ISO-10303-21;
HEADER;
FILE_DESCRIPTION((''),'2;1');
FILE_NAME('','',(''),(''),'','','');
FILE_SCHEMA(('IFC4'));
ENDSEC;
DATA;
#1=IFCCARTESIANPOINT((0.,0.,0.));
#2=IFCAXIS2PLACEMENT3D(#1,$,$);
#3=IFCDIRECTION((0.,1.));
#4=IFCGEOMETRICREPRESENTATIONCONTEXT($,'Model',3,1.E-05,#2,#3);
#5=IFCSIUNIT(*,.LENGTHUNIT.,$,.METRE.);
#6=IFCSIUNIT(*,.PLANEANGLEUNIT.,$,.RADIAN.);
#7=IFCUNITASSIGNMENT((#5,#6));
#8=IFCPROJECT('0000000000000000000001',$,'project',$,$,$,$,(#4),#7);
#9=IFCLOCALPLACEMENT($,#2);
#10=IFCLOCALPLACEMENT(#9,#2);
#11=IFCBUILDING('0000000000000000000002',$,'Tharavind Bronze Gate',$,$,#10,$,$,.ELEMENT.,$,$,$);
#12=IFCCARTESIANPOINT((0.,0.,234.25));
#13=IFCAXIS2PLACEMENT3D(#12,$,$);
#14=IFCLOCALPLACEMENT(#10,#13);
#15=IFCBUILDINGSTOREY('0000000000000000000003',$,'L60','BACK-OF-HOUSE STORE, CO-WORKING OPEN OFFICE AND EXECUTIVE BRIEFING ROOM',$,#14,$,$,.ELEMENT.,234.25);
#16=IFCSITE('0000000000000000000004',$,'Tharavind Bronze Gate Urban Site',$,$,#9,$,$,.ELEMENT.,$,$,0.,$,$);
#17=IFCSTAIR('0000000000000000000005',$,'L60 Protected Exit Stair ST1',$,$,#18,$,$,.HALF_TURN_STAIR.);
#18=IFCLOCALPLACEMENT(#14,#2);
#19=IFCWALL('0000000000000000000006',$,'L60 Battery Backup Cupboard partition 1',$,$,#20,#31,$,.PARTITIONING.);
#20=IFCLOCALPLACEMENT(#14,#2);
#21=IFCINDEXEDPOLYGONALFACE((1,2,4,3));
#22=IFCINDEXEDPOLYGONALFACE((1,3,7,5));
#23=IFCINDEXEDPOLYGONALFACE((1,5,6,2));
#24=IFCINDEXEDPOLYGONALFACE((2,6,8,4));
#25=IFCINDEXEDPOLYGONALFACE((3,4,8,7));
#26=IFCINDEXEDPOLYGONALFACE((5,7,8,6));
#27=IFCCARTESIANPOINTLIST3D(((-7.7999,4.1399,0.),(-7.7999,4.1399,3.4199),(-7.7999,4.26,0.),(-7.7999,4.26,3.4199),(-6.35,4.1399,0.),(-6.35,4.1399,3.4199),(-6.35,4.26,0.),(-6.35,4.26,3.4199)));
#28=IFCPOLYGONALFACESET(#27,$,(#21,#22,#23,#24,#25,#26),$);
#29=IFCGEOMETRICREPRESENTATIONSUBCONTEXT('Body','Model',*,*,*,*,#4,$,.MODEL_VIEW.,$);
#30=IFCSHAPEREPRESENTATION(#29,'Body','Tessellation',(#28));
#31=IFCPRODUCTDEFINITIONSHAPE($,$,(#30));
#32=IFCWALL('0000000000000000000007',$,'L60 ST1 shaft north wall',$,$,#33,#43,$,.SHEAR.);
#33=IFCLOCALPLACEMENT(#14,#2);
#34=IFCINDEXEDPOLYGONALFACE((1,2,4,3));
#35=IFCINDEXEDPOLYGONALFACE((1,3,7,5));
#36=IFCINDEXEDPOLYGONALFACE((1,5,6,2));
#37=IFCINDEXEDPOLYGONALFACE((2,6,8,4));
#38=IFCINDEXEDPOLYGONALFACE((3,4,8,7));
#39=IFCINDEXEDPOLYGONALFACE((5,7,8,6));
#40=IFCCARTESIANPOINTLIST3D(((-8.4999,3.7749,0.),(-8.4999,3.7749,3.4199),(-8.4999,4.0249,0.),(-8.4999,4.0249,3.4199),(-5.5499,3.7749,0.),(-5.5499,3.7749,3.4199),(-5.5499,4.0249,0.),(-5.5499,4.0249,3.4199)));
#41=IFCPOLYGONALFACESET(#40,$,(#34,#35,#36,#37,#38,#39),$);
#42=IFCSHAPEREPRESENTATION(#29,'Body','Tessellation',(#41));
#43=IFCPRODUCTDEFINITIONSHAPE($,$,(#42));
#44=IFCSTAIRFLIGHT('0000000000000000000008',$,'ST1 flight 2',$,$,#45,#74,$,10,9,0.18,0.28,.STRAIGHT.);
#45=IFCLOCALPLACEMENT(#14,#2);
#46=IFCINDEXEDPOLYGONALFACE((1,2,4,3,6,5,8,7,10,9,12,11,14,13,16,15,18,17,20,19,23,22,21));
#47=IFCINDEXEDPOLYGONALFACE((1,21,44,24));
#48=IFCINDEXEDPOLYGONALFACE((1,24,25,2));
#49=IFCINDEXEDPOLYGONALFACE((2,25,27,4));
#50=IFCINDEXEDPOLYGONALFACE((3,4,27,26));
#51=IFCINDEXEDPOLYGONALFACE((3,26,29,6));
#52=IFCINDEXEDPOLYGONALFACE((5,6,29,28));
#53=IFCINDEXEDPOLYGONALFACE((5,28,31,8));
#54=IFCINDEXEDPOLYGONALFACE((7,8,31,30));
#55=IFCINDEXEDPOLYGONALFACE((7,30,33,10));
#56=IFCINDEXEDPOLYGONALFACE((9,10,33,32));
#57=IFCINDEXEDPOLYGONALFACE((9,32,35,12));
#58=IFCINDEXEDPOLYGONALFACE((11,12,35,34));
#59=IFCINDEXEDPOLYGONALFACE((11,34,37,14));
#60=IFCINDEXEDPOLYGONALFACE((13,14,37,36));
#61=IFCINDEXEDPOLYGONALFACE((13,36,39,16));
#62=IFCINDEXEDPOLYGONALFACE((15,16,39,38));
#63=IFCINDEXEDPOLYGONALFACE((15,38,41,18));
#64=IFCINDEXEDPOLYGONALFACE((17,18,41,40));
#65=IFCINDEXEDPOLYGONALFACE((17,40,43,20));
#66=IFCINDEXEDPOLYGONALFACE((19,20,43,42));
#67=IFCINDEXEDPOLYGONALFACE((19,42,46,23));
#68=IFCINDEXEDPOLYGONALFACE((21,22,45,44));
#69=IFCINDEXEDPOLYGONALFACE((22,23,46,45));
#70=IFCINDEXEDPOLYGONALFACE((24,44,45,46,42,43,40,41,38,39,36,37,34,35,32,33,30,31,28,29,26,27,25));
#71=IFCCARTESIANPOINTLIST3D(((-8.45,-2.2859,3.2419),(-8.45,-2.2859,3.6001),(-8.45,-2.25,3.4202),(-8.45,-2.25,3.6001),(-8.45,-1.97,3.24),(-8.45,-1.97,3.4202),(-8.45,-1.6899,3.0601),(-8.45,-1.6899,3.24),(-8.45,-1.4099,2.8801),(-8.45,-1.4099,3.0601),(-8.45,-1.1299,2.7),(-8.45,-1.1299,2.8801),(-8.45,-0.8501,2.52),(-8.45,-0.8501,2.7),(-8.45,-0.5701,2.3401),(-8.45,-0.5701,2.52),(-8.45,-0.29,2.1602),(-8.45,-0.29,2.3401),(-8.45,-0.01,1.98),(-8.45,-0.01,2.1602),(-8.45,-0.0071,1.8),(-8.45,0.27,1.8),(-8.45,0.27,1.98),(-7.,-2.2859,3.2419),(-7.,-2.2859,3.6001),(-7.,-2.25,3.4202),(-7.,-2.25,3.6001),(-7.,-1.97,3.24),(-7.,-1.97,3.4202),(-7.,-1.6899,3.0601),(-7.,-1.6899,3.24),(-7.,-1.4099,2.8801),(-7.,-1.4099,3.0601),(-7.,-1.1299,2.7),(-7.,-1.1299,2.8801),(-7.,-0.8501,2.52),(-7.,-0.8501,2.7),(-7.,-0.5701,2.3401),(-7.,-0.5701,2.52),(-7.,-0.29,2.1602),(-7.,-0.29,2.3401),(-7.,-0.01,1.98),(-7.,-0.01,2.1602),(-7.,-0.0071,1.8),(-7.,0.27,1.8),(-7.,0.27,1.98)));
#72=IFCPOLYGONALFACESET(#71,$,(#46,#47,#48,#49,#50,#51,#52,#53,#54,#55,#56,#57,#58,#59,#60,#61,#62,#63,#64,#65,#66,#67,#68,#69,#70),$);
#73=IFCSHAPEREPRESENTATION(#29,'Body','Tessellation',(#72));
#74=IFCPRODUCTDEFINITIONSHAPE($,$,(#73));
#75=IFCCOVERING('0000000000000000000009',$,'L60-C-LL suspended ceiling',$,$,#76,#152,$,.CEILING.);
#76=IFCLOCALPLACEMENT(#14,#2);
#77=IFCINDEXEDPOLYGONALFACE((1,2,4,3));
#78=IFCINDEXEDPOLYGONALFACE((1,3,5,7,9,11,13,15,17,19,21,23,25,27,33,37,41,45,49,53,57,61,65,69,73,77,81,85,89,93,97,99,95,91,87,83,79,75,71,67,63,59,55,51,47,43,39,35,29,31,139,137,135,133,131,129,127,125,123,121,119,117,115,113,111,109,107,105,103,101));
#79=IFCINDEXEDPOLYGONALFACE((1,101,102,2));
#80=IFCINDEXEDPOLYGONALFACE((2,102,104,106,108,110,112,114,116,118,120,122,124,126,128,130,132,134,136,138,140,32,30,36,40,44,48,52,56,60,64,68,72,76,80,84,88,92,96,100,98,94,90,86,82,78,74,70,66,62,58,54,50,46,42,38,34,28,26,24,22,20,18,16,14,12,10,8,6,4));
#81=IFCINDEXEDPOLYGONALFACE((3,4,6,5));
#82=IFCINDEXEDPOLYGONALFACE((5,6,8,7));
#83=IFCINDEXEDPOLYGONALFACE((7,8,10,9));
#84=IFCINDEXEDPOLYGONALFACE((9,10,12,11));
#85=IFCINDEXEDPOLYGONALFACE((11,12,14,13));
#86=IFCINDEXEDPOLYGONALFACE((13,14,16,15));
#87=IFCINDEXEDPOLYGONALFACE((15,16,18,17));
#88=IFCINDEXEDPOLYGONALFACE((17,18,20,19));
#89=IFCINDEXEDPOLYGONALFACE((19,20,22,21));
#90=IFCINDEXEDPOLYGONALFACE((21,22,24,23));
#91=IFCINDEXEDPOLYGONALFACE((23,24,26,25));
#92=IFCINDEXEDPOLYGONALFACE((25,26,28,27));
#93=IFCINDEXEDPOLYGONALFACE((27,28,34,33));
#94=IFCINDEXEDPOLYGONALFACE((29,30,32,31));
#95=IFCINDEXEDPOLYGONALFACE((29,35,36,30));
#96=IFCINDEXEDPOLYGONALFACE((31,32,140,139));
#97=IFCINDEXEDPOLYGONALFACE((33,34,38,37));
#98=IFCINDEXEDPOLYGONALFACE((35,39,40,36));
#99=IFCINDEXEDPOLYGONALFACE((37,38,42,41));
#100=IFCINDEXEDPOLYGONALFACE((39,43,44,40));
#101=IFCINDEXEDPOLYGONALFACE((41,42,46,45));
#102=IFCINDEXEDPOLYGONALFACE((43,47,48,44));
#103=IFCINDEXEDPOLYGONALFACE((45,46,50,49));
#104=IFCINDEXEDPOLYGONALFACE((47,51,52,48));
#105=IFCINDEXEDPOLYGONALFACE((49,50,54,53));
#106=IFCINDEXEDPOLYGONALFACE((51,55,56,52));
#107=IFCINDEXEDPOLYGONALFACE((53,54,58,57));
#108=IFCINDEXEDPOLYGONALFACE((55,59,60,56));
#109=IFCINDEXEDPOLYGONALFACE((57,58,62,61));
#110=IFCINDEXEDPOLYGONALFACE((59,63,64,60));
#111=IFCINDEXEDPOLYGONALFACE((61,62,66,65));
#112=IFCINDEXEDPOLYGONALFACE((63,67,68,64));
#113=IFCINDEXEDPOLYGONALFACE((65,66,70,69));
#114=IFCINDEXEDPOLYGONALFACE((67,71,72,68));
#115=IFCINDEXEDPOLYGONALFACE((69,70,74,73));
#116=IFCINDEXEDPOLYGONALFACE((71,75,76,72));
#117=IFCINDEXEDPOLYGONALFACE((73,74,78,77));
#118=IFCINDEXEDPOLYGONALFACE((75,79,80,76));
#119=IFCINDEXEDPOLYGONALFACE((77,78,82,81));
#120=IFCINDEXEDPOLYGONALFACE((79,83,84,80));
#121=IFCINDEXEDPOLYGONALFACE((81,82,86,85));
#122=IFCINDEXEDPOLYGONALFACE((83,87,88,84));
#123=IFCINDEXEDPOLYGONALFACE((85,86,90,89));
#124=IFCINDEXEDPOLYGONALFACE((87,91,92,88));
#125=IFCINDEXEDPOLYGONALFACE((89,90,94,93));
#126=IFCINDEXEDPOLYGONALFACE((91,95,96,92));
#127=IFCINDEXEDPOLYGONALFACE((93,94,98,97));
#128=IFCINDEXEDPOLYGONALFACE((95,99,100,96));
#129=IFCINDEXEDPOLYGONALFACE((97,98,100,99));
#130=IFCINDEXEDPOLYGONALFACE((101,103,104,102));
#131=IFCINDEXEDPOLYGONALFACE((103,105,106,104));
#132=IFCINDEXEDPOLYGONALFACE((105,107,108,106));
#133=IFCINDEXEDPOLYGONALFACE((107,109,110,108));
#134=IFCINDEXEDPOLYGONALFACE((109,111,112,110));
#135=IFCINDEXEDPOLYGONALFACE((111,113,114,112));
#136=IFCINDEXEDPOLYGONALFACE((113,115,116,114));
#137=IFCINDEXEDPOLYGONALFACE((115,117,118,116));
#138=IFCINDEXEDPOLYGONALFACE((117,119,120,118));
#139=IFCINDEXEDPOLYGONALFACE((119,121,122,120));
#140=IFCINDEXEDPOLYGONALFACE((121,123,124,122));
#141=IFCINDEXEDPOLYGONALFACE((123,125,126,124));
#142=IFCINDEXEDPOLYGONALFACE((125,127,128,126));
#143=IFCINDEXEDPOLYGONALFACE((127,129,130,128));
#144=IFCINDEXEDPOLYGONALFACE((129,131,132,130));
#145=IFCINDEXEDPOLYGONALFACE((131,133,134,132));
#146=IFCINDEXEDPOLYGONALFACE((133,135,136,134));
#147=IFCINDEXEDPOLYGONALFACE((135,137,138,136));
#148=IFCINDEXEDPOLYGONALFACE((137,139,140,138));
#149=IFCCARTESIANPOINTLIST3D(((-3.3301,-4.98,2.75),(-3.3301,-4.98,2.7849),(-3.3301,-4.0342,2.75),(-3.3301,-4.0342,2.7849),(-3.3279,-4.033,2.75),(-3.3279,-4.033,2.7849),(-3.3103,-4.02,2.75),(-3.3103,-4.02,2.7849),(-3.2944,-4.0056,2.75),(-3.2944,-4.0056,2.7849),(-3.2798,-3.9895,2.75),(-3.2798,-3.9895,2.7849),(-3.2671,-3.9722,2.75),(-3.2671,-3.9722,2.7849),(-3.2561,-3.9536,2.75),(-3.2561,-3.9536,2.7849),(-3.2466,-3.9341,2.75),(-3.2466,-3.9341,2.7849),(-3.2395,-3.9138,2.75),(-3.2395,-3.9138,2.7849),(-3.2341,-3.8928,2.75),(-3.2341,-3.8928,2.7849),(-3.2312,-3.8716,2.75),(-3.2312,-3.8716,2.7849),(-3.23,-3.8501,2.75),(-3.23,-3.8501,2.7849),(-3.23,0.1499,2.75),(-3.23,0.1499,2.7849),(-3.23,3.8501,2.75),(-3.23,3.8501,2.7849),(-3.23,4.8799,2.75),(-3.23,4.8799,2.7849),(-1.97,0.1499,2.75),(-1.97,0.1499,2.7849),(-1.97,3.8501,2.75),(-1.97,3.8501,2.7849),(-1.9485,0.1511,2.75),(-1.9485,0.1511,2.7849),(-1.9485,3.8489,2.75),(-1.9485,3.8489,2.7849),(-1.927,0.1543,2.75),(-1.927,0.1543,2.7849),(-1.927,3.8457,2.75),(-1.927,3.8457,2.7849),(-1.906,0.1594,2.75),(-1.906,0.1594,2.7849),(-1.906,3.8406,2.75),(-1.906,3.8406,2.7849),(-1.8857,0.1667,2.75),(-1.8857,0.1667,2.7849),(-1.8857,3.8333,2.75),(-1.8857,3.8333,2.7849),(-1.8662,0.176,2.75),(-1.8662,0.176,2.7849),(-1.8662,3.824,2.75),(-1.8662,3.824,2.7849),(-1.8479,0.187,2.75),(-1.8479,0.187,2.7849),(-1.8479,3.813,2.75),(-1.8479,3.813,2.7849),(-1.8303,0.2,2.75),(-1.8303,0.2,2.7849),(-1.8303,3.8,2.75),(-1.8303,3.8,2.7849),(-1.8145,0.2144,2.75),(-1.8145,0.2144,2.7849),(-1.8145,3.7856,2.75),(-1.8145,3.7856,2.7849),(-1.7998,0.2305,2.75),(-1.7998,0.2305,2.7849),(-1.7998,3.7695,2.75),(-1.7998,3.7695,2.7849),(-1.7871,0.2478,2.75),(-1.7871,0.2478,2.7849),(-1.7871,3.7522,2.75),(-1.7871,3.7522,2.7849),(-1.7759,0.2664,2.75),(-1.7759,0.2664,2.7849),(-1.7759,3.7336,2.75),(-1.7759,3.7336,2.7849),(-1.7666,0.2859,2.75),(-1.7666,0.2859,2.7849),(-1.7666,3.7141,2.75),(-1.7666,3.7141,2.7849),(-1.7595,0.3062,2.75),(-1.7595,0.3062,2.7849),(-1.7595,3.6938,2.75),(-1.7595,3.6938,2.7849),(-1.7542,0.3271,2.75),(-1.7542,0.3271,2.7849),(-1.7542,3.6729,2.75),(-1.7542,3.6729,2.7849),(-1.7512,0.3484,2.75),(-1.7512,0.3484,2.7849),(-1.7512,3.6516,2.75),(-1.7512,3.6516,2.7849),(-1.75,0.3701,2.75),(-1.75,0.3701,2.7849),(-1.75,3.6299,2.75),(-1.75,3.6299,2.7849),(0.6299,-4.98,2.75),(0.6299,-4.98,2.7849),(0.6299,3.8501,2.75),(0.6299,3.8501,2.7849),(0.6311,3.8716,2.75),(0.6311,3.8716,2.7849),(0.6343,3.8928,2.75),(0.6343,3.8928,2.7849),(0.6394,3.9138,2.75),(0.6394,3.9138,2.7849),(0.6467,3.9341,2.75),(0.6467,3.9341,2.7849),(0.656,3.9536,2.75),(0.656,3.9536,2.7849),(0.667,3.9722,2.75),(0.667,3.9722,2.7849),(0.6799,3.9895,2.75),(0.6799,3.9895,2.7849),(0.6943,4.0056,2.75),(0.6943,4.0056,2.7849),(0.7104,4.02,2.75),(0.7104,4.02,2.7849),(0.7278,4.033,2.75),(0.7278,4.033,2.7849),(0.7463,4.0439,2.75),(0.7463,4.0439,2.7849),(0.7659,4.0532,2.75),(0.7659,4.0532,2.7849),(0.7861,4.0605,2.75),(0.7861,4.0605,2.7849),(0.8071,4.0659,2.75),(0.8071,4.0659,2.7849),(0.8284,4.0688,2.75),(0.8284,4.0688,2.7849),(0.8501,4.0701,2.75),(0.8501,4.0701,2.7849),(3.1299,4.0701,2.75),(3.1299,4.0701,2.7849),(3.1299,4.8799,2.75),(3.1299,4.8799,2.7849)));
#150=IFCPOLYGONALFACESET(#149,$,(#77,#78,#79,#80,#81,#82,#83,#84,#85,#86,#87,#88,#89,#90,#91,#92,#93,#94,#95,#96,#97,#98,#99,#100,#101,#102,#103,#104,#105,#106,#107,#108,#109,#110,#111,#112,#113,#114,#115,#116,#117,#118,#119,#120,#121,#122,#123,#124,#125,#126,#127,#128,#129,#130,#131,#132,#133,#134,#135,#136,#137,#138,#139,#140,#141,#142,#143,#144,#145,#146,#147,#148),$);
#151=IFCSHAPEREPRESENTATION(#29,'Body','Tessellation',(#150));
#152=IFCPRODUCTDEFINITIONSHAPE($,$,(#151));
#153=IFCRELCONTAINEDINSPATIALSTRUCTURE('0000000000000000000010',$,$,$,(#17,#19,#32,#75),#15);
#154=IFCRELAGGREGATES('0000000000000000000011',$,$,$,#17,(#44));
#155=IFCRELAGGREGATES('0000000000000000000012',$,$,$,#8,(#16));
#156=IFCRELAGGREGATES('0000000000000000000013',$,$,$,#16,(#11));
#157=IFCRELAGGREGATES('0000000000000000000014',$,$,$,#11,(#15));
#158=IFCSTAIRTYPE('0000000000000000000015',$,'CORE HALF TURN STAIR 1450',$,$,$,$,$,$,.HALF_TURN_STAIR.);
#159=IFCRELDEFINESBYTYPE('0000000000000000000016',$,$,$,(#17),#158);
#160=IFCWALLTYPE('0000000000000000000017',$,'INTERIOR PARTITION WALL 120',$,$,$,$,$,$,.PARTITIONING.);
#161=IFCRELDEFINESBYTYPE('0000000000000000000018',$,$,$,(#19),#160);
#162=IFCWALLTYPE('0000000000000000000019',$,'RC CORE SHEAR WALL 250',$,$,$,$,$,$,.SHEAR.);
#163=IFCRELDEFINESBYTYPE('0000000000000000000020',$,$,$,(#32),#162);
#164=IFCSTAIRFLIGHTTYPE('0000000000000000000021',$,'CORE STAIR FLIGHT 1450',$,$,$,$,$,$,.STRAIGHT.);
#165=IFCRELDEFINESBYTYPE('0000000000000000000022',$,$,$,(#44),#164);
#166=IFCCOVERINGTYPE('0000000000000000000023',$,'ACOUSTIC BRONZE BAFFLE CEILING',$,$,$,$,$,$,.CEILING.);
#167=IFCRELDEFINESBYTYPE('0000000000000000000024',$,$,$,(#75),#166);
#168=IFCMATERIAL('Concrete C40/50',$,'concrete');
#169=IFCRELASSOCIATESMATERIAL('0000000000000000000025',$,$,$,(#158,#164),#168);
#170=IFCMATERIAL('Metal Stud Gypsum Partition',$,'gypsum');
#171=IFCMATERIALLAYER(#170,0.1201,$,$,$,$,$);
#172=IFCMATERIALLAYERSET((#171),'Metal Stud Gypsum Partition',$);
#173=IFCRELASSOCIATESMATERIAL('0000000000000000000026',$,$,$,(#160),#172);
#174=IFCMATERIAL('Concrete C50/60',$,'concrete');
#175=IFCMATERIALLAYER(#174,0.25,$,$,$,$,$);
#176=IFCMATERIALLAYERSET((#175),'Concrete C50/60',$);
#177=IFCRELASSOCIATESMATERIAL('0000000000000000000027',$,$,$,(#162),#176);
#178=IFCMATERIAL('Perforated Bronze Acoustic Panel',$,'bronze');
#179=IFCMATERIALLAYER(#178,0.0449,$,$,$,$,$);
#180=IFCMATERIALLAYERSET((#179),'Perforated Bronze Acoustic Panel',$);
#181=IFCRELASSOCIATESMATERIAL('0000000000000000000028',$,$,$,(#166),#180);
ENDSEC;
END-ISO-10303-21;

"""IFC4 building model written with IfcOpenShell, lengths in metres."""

from ifc_helpers import new_model, si_unit, direction, frame, frame_2d, origin, place, context, subcontext, project, spatial, polyline, rectangle, outline, extrude, material, layer, layer_set, type_object, element, aggregate, save


model = new_model("IFC4")

# Units and contexts
model_context = context("Model", 3, precision=1e-05, world=origin(), true_north=direction((0.0, 1.0)))
body_context = subcontext(model_context, "Body", "Model", "MODEL_VIEW")
ifc_project = project(units=[si_unit("LENGTHUNIT", "METRE"), si_unit("PLANEANGLEUNIT", "RADIAN")], contexts=[model_context])

# Site, building, storey
site_placement = place(None, origin())
site = spatial("IfcSite", under=ifc_project, at=site_placement, Name="Tharavind Bronze Gate Urban Site", CompositionType="ELEMENT", RefElevation=0.0)
building_placement = place(site_placement, origin())
building = spatial("IfcBuilding", under=site, at=building_placement, Name="Tharavind Bronze Gate", CompositionType="ELEMENT")
storey_placement = place(building_placement, frame((0.0, 0.0, 234.25)))
storey = spatial("IfcBuildingStorey", under=building, at=storey_placement, Name="L60", Description="BACK-OF-HOUSE STORE, CO-WORKING OPEN OFFICE AND EXECUTIVE BRIEFING ROOM", CompositionType="ELEMENT", Elevation=234.25)

# Shared definitions
ifc_material_1 = material(Name="Concrete C40/50", Category="concrete")

# Stair
stair_type = type_object("IfcStairType", Name="CORE HALF TURN STAIR 1450", PredefinedType="HALF_TURN_STAIR", material=ifc_material_1)
stair_1_placement = place(storey_placement, origin())
stair_1 = element("IfcStair", 1, at=stair_1_placement, inside=storey, type_object=stair_type, Name="L60 Protected Exit Stair ST1", PredefinedType="HALF_TURN_STAIR")

# Shared definitions
ifc_material_2 = material(Name="Metal Stud Gypsum Partition", Category="gypsum")
ifc_layer_1 = layer(ifc_material_2, 0.1201)
ifc_layer_set_1 = layer_set([ifc_layer_1], Name="Metal Stud Gypsum Partition")
wall_type_1 = type_object("IfcWallType", Name="INTERIOR PARTITION WALL 120", PredefinedType="PARTITIONING", material=ifc_layer_set_1)

# Walls
wall_1_placement = place(storey_placement, frame((-7.8, 4.2, 0.0), z_axis=(0.0, 0.0, 1.0), x_axis=(1.0, 0.0, 0.0)))
element("IfcWall", 2, at=wall_1_placement, inside=storey, type_object=wall_type_1, Name="L60 Battery Backup Cupboard partition 1", PredefinedType="PARTITIONING", context=body_context, shape_type="SweptSolid", body=[
    extrude(rectangle(XDim=1.45, YDim=0.1201, at=frame_2d((0.7251, 0.0))), origin(), (0.0, 0.0, 1.0), 3.4199),
])
ifc_material_3 = material(Name="Concrete C50/60", Category="concrete")
ifc_layer_2 = layer(ifc_material_3, 0.25)
ifc_layer_set_2 = layer_set([ifc_layer_2], Name="Concrete C50/60")
wall_type_2 = type_object("IfcWallType", Name="RC CORE SHEAR WALL 250", PredefinedType="SHEAR", material=ifc_layer_set_2)
wall_2_placement = place(storey_placement, frame((-8.5, 3.8999, 0.0), z_axis=(0.0, 0.0, 1.0), x_axis=(1.0, 0.0, 0.0)))
element("IfcWall", 3, at=wall_2_placement, inside=storey, type_object=wall_type_2, Name="L60 ST1 shaft north wall", PredefinedType="SHEAR", context=body_context, shape_type="SweptSolid", body=[
    extrude(rectangle(XDim=2.95, YDim=0.25, at=frame_2d((1.4751, 0.0))), origin(), (0.0, 0.0, 1.0), 3.4199),
])

# Stair flight
stair_flight_type = type_object("IfcStairFlightType", Name="CORE STAIR FLIGHT 1450", PredefinedType="STRAIGHT", material=ifc_material_1)
stair_flight_placement = place(storey_placement, frame((-7.7251, 0.27, 1.8), z_axis=(0.0, 0.0, 1.0), x_axis=(0.0, -1.0, 0.0)))
stair_flight = element("IfcStairFlight", 4, at=stair_flight_placement, type_object=stair_flight_type, Name="ST1 flight 2", NumberOfRisers=10, NumberOfTreads=9, PredefinedType="STRAIGHT", RiserHeight=0.18, TreadLength=0.28, context=body_context, shape_type="SweptSolid", body=[
    extrude(outline(polyline([(0.0, 0.0), (0.0, 0.1799), (0.28, 0.1799), (0.28, 0.3601), (0.5601, 0.3601), (0.5601, 0.54), (0.8401, 0.54), (0.8401, 0.72), (1.1201, 0.72), (1.1201, 0.8999), (1.3999, 0.8999), (1.3999, 1.0801), (1.6799, 1.0801), (1.6799, 1.26), (1.96, 1.26), (1.96, 1.4399), (2.24, 1.4399), (2.24, 1.6201), (2.52, 1.6201), (2.52, 1.8), (2.5559, 1.8), (2.5559, 1.4419), (0.2771, 0.0), (0.0, 0.0)])), frame((0.0, 0.7251, 0.0), z_axis=(0.0, -1.0, 0.0), x_axis=(1.0, 0.0, 0.0)), (0.0, 0.0, 1.0), 1.45),
])
aggregate(stair_1, [stair_flight])

# Covering
ifc_material_4 = material(Name="Perforated Bronze Acoustic Panel", Category="bronze")
ifc_layer_3 = layer(ifc_material_4, 0.0449)
ifc_layer_set_3 = layer_set([ifc_layer_3], Name="Perforated Bronze Acoustic Panel")
covering_type_1 = type_object("IfcCoveringType", Name="ACOUSTIC BRONZE BAFFLE CEILING", PredefinedType="CEILING", material=ifc_layer_set_3)
covering_1_placement = place(storey_placement, frame((0.0, 0.0, 2.75)))
element("IfcCovering", 5, at=covering_1_placement, inside=storey, type_object=covering_type_1, Name="L60-C-LL suspended ceiling", PredefinedType="CEILING", context=body_context, shape_type="SweptSolid", body=[
    extrude(outline(polyline([(-3.3301, -4.98), (0.6299, -4.98), (0.6299, 3.8501), (0.6311, 3.8716), (0.6343, 3.8928), (0.6394, 3.9138), (0.6467, 3.9341), (0.656, 3.9536), (0.667, 3.9722), (0.6799, 3.9895), (0.6943, 4.0056), (0.7104, 4.02), (0.7278, 4.033), (0.7463, 4.0439), (0.7659, 4.0532), (0.7861, 4.0605), (0.8071, 4.0659), (0.8284, 4.0688), (0.8501, 4.0701), (3.1299, 4.0701), (3.1299, 4.8799), (-3.23, 4.8799), (-3.23, 3.8501), (-1.97, 3.8501), (-1.9485, 3.8489), (-1.927, 3.8457), (-1.906, 3.8406), (-1.8857, 3.8333), (-1.8662, 3.824), (-1.8479, 3.813), (-1.8303, 3.8), (-1.8145, 3.7856), (-1.7998, 3.7695), (-1.7871, 3.7522), (-1.7759, 3.7336), (-1.7666, 3.7141), (-1.7595, 3.6938), (-1.7542, 3.6729), (-1.7512, 3.6516), (-1.75, 3.6299), (-1.75, 0.3701), (-1.7512, 0.3484), (-1.7542, 0.3271), (-1.7595, 0.3062), (-1.7666, 0.2859), (-1.7759, 0.2664), (-1.7871, 0.2478), (-1.7998, 0.2305), (-1.8145, 0.2144), (-1.8303, 0.2), (-1.8479, 0.187), (-1.8662, 0.176), (-1.8857, 0.1667), (-1.906, 0.1594), (-1.927, 0.1543), (-1.9485, 0.1511), (-1.97, 0.1499), (-3.23, 0.1499), (-3.23, -3.8501), (-3.2312, -3.8716), (-3.2341, -3.8928), (-3.2395, -3.9138), (-3.2466, -3.9341), (-3.2561, -3.9536), (-3.2671, -3.9722), (-3.2798, -3.9895), (-3.2944, -4.0056), (-3.3103, -4.02), (-3.3279, -4.033), (-3.3301, -4.0342), (-3.3301, -4.98)])), origin(), (0.0, 0.0, 1.0), 0.0349),
])

save(model, "model.ifc")
